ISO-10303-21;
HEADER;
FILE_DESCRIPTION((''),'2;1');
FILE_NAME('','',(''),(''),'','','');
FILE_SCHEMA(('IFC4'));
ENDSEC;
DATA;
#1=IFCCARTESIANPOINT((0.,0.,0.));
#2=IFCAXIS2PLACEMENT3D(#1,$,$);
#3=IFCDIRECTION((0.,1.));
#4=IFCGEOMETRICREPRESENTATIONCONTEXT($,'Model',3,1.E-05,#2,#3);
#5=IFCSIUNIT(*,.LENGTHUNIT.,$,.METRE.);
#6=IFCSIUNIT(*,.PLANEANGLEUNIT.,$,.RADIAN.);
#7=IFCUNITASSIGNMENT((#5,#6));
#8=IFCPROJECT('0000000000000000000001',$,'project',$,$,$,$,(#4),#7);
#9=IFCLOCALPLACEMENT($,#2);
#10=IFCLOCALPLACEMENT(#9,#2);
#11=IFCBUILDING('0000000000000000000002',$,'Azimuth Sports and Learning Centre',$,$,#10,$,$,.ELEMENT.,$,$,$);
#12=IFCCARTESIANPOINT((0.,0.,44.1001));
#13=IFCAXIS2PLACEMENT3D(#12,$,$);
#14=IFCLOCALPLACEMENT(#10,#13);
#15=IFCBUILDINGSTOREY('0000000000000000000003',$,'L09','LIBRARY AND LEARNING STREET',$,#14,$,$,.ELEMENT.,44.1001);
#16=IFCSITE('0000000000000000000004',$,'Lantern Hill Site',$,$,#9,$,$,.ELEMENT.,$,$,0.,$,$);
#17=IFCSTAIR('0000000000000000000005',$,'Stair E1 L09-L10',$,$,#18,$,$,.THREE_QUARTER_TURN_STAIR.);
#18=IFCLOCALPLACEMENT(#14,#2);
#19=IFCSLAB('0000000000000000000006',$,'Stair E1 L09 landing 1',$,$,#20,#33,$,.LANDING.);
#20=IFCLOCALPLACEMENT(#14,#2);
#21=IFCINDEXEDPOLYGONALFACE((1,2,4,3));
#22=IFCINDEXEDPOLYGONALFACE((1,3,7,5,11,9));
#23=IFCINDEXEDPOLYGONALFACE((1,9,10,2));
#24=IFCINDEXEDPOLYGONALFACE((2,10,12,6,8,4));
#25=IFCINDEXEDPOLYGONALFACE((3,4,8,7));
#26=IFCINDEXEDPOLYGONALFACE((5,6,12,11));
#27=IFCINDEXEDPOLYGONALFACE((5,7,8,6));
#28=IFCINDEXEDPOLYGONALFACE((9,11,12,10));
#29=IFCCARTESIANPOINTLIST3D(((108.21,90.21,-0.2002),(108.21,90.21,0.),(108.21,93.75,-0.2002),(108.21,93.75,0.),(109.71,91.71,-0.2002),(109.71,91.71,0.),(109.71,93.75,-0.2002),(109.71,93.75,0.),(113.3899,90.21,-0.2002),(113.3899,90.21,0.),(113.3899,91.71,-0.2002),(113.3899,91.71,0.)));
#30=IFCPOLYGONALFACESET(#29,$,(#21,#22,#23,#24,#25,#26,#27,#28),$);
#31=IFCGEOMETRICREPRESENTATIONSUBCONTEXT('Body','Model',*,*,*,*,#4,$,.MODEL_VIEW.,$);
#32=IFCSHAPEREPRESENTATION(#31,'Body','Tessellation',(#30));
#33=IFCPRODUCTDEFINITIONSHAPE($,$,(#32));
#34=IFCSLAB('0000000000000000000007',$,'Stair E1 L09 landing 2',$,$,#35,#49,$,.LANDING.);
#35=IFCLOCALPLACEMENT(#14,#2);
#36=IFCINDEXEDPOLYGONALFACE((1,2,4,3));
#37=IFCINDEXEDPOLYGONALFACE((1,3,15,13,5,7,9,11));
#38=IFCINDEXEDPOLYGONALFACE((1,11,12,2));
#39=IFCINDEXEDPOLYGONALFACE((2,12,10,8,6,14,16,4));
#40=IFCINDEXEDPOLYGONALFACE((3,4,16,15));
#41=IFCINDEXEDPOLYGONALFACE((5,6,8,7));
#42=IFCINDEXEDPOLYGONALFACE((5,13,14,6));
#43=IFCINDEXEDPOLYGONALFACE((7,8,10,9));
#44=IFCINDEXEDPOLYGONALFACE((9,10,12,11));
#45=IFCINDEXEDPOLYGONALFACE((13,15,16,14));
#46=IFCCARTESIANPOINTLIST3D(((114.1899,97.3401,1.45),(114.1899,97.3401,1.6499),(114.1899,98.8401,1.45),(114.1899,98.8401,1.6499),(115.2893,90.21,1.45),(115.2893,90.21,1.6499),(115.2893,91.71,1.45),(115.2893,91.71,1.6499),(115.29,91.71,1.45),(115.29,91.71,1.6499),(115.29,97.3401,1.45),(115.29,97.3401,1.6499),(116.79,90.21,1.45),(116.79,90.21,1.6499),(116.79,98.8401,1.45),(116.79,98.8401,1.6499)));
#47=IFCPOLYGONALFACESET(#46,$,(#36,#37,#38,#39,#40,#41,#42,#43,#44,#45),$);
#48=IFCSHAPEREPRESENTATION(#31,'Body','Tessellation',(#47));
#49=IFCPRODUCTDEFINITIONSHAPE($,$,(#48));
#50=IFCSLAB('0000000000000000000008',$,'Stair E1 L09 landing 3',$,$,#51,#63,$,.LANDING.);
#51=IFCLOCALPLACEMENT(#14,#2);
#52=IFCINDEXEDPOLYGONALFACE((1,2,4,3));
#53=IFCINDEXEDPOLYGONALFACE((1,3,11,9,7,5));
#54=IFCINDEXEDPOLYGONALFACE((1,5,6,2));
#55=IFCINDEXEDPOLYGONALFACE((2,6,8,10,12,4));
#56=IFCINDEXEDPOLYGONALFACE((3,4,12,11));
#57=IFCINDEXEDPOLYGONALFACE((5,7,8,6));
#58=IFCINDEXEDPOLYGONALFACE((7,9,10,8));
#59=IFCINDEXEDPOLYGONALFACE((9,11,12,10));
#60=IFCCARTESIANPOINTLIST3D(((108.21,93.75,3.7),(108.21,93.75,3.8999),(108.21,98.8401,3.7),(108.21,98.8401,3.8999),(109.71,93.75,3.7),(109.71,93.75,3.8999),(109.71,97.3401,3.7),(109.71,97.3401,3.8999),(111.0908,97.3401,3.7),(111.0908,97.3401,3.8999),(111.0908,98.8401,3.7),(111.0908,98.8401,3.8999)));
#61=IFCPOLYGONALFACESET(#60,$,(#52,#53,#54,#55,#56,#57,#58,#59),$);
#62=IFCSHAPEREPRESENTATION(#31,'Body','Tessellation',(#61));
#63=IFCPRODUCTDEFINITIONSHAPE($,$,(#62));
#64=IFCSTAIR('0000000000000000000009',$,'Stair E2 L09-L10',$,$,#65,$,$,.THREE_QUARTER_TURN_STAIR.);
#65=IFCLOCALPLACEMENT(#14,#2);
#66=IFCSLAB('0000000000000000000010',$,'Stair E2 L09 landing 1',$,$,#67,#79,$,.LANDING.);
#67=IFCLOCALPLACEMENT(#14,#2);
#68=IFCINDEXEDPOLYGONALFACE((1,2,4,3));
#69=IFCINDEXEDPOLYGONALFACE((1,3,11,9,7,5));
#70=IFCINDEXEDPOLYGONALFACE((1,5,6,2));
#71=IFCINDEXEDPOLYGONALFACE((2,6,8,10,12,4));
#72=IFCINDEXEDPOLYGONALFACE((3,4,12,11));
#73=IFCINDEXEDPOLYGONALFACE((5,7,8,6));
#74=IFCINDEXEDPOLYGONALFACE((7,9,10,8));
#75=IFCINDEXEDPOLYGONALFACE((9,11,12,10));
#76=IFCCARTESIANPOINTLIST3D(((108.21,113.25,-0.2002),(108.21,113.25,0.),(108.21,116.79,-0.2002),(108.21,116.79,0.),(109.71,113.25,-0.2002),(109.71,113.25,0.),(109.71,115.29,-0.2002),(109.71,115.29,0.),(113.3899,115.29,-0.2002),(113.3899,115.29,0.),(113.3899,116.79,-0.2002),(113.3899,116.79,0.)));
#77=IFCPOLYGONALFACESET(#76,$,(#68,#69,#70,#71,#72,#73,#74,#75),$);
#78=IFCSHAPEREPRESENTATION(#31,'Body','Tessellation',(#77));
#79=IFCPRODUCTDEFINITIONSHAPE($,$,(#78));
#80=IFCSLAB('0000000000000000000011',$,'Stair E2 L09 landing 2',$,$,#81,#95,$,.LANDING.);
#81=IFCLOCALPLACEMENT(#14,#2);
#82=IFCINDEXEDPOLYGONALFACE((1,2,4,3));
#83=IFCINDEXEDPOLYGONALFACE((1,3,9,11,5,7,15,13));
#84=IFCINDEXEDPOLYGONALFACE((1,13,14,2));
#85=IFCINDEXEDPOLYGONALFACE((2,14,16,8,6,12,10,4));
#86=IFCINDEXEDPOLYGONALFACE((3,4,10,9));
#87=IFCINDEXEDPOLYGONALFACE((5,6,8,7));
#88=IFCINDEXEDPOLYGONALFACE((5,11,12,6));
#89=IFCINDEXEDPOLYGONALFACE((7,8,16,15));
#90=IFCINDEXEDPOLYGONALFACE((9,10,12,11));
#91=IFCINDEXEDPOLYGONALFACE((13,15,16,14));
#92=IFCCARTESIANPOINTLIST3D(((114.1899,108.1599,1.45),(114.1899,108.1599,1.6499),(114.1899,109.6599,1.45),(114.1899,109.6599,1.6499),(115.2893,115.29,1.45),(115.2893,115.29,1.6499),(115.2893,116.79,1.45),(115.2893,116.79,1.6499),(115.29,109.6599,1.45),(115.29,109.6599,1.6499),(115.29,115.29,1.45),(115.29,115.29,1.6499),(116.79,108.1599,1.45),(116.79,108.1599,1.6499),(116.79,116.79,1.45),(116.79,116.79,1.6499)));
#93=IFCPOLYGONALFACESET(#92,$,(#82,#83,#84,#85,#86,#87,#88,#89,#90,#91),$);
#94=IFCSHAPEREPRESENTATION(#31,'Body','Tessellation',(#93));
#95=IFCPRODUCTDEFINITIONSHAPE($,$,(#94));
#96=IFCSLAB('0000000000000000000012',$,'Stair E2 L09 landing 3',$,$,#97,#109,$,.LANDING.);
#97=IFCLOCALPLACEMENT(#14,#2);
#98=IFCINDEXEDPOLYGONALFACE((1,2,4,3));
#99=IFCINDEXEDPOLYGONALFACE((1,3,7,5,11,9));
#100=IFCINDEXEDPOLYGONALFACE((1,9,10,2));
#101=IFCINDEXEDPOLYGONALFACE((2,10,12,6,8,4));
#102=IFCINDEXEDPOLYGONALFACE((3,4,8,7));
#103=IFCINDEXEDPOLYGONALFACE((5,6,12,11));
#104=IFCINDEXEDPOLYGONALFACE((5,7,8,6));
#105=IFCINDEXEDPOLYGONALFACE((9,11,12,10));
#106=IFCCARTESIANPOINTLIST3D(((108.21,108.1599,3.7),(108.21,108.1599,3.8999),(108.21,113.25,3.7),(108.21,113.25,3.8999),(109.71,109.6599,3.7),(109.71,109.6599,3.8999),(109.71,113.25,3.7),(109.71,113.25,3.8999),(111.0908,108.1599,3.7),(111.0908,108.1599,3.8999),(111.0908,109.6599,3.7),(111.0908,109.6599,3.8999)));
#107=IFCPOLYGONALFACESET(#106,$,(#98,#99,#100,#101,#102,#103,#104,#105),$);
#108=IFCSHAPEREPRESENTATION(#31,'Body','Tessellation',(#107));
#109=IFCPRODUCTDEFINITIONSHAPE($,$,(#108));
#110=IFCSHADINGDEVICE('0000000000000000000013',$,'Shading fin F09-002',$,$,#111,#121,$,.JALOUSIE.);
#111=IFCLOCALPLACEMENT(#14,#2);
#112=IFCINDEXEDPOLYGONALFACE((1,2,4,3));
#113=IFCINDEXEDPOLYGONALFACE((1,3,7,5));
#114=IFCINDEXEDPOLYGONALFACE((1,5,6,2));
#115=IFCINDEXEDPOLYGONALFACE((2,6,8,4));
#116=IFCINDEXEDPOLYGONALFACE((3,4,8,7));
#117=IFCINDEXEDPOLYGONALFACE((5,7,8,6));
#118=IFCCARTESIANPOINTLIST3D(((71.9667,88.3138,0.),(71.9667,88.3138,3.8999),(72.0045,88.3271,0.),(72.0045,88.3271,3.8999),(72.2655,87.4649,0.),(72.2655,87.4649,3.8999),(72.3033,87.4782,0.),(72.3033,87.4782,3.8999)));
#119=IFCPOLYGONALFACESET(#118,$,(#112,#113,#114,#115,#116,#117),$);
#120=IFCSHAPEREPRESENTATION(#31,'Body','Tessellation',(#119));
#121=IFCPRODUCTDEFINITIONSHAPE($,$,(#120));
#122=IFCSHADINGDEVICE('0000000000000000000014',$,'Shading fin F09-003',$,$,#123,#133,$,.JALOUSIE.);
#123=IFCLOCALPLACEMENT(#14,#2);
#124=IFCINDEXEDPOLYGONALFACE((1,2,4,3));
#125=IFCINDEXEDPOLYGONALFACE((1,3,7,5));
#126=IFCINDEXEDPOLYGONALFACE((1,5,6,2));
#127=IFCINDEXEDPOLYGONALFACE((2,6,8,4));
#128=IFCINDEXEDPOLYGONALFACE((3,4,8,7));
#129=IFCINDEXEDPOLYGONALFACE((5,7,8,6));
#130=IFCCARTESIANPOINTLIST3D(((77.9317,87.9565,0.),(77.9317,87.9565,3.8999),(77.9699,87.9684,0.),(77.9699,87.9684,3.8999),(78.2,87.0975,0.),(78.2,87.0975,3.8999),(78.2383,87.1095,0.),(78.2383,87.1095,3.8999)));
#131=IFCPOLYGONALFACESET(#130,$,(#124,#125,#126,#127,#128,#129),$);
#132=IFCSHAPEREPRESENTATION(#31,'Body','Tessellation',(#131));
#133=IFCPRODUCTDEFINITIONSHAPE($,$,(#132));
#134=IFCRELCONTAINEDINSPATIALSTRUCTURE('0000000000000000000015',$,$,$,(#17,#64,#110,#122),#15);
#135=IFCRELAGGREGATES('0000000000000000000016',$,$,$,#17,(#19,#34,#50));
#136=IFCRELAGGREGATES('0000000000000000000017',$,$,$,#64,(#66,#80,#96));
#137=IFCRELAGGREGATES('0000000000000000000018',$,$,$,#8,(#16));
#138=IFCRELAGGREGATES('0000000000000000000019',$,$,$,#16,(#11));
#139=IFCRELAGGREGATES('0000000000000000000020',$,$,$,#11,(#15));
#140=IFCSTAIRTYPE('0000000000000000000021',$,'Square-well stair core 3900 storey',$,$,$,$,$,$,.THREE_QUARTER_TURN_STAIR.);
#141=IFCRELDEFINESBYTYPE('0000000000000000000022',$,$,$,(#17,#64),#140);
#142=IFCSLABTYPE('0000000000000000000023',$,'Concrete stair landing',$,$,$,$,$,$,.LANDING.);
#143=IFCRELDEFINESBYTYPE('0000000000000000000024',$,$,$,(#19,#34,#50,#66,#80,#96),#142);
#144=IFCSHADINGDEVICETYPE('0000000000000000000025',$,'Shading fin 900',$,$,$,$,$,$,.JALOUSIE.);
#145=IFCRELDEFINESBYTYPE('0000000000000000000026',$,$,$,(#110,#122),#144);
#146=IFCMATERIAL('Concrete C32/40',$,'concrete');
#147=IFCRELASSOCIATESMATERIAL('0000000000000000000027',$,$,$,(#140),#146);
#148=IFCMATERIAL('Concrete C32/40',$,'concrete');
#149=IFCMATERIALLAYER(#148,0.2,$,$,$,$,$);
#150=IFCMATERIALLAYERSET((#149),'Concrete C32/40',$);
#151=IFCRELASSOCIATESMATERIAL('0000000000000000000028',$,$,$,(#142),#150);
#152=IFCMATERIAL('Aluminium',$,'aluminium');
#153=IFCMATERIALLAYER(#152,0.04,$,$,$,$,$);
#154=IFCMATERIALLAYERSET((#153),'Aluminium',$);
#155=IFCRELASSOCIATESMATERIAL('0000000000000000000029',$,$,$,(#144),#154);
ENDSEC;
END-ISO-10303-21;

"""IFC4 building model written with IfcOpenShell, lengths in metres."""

from ifc_helpers import new_model, si_unit, direction, frame, origin, origin_2d, place, context, subcontext, project, spatial, polyline, rectangle, outline, extrude, material, layer, layer_set, type_object, element, aggregate, save


model = new_model("IFC4")

# Units and contexts
model_context = context("Model", 3, precision=1e-05, world=origin(), true_north=direction((0.0, 1.0)))
body_context = subcontext(model_context, "Body", "Model", "MODEL_VIEW")
ifc_project = project(units=[si_unit("LENGTHUNIT", "METRE"), si_unit("PLANEANGLEUNIT", "RADIAN")], contexts=[model_context])

# Site, building, storey
site_placement = place(None, origin())
site = spatial("IfcSite", under=ifc_project, at=site_placement, Name="Lantern Hill Site", CompositionType="ELEMENT", RefElevation=0.0)
building_placement = place(site_placement, origin())
building = spatial("IfcBuilding", under=site, at=building_placement, Name="Azimuth Sports and Learning Centre", CompositionType="ELEMENT")
storey_placement = place(building_placement, frame((0.0, 0.0, 44.1001)))
storey = spatial("IfcBuildingStorey", under=building, at=storey_placement, Name="L09", Description="LIBRARY AND LEARNING STREET", CompositionType="ELEMENT", Elevation=44.1001)

# Stairs, slabs
ifc_material_1 = material(Name="Concrete C32/40", Category="concrete")
stair_type = type_object("IfcStairType", Name="Square-well stair core 3900 storey", PredefinedType="THREE_QUARTER_TURN_STAIR", material=ifc_material_1)
ifc_material_2 = material(Name="Concrete C32/40", Category="concrete")
ifc_layer_1 = layer(ifc_material_2, 0.2)
ifc_layer_set_1 = layer_set([ifc_layer_1], Name="Concrete C32/40")
slab_type_1 = type_object("IfcSlabType", Name="Concrete stair landing", PredefinedType="LANDING", material=ifc_layer_set_1)
stair_1_placement = place(storey_placement, origin())
stair_1 = element("IfcStair", 1, at=stair_1_placement, inside=storey, type_object=stair_type, Name="Stair E1 L09-L10", PredefinedType="THREE_QUARTER_TURN_STAIR")
slab_1_placement = place(storey_placement, frame((0.0, 0.0, -0.2002)))
slab_1 = element("IfcSlab", 2, at=slab_1_placement, type_object=slab_type_1, Name="Stair E1 L09 landing 1", PredefinedType="LANDING", context=body_context, shape_type="SweptSolid", body=[
    extrude(outline(polyline([(113.3899, 91.71), (109.71, 91.71), (109.71, 93.75), (108.21, 93.75), (108.21, 90.21), (113.3899, 90.21), (113.3899, 91.71)])), origin(), (0.0, 0.0, 1.0), 0.2002),
])
slab_2_placement = place(storey_placement, frame((0.0, 0.0, 1.45)))
slab_2 = element("IfcSlab", 3, at=slab_2_placement, type_object=slab_type_1, Name="Stair E1 L09 landing 2", PredefinedType="LANDING", context=body_context, shape_type="SweptSolid", body=[
    extrude(outline(polyline([(115.29, 91.71), (115.2893, 91.71), (115.2893, 90.21), (116.79, 90.21), (116.79, 98.8401), (114.1899, 98.8401), (114.1899, 97.3401), (115.29, 97.3401), (115.29, 91.71)])), origin(), (0.0, 0.0, 1.0), 0.2),
])
slab_3_placement = place(storey_placement, frame((0.0, 0.0, 3.7)))
slab_3 = element("IfcSlab", 4, at=slab_3_placement, type_object=slab_type_1, Name="Stair E1 L09 landing 3", PredefinedType="LANDING", context=body_context, shape_type="SweptSolid", body=[
    extrude(outline(polyline([(109.71, 97.3401), (111.0908, 97.3401), (111.0908, 98.8401), (108.21, 98.8401), (108.21, 93.75), (109.71, 93.75), (109.71, 97.3401)])), origin(), (0.0, 0.0, 1.0), 0.2),
])
aggregate(stair_1, [slab_1, slab_2, slab_3])
stair_2_placement = place(storey_placement, origin())
stair_2 = element("IfcStair", 5, at=stair_2_placement, inside=storey, type_object=stair_type, Name="Stair E2 L09-L10", PredefinedType="THREE_QUARTER_TURN_STAIR")
slab_4_placement = place(storey_placement, frame((0.0, 0.0, -0.2002)))
slab_4 = element("IfcSlab", 6, at=slab_4_placement, type_object=slab_type_1, Name="Stair E2 L09 landing 1", PredefinedType="LANDING", context=body_context, shape_type="SweptSolid", body=[
    extrude(outline(polyline([(108.21, 116.79), (108.21, 113.25), (109.71, 113.25), (109.71, 115.29), (113.3899, 115.29), (113.3899, 116.79), (108.21, 116.79)])), origin(), (0.0, 0.0, 1.0), 0.2002),
])
slab_5_placement = place(storey_placement, frame((0.0, 0.0, 1.45)))
slab_5 = element("IfcSlab", 7, at=slab_5_placement, type_object=slab_type_1, Name="Stair E2 L09 landing 2", PredefinedType="LANDING", context=body_context, shape_type="SweptSolid", body=[
    extrude(outline(polyline([(115.29, 115.29), (115.29, 109.6599), (114.1899, 109.6599), (114.1899, 108.1599), (116.79, 108.1599), (116.79, 116.79), (115.2893, 116.79), (115.2893, 115.29), (115.29, 115.29)])), origin(), (0.0, 0.0, 1.0), 0.2),
])
slab_6_placement = place(storey_placement, frame((0.0, 0.0, 3.7)))
slab_6 = element("IfcSlab", 8, at=slab_6_placement, type_object=slab_type_1, Name="Stair E2 L09 landing 3", PredefinedType="LANDING", context=body_context, shape_type="SweptSolid", body=[
    extrude(outline(polyline([(109.71, 109.6599), (109.71, 113.25), (108.21, 113.25), (108.21, 108.1599), (111.0908, 108.1599), (111.0908, 109.6599), (109.71, 109.6599)])), origin(), (0.0, 0.0, 1.0), 0.2),
])
aggregate(stair_2, [slab_4, slab_5, slab_6])

# Shading devices
ifc_material_3 = material(Name="Aluminium", Category="aluminium")
ifc_layer_2 = layer(ifc_material_3, 0.04)
ifc_layer_set_2 = layer_set([ifc_layer_2], Name="Aluminium")
shading_device_type = type_object("IfcShadingDeviceType", Name="Shading fin 900", PredefinedType="JALOUSIE", material=ifc_layer_set_2)
for number, where, z_axis, x_axis, name in (
    (9, (72.135, 87.896, 0.0), (0.0, 0.0, 1.0), (0.332025, -0.943271, 0.0), "Shading fin F09-002"),
    (10, (78.085, 87.533, 0.0), (0.0, 0.0, 1.0), (0.298225, -0.954496, 0.0), "Shading fin F09-003"),
):
    element("IfcShadingDevice", number, at=place(storey_placement, frame(where, z_axis=z_axis, x_axis=x_axis)), inside=storey, type_object=shading_device_type, Name=name, PredefinedType="JALOUSIE", context=body_context, shape_type="SweptSolid", body=[
        extrude(rectangle(XDim=0.8999, YDim=0.04, at=origin_2d()), origin(), (0.0, 0.0, 1.0), 3.8999),
    ])

save(model, "model.ifc")
